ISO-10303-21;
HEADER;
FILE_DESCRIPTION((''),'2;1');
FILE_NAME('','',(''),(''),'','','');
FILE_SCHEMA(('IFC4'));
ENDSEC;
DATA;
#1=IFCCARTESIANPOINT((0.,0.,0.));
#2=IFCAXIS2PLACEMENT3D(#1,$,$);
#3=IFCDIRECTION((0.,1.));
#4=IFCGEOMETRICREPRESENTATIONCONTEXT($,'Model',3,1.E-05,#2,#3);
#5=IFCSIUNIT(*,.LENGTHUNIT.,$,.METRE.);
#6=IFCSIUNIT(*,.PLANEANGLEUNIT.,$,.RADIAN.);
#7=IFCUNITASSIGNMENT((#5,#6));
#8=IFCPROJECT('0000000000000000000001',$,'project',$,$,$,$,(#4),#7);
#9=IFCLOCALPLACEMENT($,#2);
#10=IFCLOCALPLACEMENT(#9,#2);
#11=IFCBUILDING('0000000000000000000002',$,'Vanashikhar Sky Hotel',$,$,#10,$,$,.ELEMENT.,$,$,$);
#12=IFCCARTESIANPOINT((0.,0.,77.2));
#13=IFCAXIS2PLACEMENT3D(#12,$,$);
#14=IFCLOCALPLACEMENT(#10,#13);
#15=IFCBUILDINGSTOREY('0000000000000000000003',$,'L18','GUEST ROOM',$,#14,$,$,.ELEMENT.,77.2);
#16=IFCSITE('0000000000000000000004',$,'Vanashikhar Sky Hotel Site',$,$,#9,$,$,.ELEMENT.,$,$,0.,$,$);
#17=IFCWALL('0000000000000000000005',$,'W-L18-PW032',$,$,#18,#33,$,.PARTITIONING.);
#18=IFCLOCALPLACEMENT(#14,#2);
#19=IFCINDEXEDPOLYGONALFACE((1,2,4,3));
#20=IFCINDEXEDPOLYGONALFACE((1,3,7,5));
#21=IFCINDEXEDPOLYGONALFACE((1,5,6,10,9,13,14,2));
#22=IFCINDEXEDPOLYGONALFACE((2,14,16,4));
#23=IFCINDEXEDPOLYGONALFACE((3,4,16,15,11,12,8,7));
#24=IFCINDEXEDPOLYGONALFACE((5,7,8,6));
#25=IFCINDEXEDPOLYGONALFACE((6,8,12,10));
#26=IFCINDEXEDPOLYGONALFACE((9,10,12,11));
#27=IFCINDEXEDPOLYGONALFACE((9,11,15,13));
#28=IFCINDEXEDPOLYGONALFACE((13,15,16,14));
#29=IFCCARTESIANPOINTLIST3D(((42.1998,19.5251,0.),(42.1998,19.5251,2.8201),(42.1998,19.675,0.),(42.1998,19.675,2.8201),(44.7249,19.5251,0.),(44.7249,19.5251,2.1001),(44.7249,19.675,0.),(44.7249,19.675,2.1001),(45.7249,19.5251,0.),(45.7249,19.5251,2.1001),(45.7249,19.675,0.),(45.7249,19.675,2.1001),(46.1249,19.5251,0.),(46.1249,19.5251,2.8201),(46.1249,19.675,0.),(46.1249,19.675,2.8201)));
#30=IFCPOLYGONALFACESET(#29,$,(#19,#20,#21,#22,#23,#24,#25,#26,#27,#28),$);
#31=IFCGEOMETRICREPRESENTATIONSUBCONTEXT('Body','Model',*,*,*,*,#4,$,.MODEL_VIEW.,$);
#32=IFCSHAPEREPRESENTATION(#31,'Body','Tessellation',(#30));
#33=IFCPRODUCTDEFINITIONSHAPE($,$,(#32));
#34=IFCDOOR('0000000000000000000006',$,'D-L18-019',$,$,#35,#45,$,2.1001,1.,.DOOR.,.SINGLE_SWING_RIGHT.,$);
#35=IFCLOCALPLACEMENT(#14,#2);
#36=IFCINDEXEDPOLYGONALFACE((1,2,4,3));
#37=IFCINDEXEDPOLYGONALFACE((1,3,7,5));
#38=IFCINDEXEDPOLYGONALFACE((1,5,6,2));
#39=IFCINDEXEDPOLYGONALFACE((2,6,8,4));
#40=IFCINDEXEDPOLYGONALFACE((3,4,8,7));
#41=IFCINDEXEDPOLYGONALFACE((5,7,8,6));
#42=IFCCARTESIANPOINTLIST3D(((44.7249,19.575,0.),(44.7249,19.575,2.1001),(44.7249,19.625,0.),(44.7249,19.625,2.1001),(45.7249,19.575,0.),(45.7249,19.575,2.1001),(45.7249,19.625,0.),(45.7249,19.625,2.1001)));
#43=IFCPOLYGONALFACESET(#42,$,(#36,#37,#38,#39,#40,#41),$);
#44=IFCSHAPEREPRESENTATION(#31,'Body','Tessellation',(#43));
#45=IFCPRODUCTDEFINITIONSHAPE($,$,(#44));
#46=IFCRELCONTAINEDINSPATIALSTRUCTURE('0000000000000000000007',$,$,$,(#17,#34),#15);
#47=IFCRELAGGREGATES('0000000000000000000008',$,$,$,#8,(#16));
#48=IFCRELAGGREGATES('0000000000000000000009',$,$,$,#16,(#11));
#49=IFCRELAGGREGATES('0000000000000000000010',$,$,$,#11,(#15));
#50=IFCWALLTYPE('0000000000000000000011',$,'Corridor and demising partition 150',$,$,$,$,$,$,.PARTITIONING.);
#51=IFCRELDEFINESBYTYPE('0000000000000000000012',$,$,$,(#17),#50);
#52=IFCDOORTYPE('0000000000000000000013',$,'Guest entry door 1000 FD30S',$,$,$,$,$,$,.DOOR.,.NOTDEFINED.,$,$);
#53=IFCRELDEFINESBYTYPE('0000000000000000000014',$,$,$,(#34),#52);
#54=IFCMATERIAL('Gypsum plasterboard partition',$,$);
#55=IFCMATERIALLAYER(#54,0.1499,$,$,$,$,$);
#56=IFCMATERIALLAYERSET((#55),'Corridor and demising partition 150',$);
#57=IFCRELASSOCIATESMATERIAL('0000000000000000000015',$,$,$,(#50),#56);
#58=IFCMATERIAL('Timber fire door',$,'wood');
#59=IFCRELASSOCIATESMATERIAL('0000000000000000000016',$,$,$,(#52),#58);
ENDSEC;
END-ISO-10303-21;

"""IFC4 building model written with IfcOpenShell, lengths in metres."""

from ifc_helpers import new_model, si_unit, direction, frame, frame_2d, origin, place, context, subcontext, project, spatial, rectangle, extrude, source, transform, mapped, material, layer, layer_set, type_object, element, fill, save


model = new_model("IFC4")

# Units and contexts
model_context = context("Model", 3, precision=1e-05, world=origin(), true_north=direction((0.0, 1.0)))
body_context = subcontext(model_context, "Body", "Model", "MODEL_VIEW")
ifc_project = project(units=[si_unit("LENGTHUNIT", "METRE"), si_unit("PLANEANGLEUNIT", "RADIAN")], contexts=[model_context])

# Site, building, storey
site_placement = place(None, origin())
site = spatial("IfcSite", under=ifc_project, at=site_placement, Name="Vanashikhar Sky Hotel Site", CompositionType="ELEMENT", RefElevation=0.0)
building_placement = place(site_placement, origin())
building = spatial("IfcBuilding", under=site, at=building_placement, Name="Vanashikhar Sky Hotel", CompositionType="ELEMENT")
storey_placement = place(building_placement, frame((0.0, 0.0, 77.2)))
storey = spatial("IfcBuildingStorey", under=building, at=storey_placement, Name="L18", Description="GUEST ROOM", CompositionType="ELEMENT", Elevation=77.2)

# Wall, opening, door
ifc_material_1 = material(Name="Gypsum plasterboard partition")
ifc_layer_1 = layer(ifc_material_1, 0.1499)
ifc_layer_set_1 = layer_set([ifc_layer_1], Name="Corridor and demising partition 150")
wall_type_1 = type_object("IfcWallType", Name="Corridor and demising partition 150", PredefinedType="PARTITIONING", material=ifc_layer_set_1)
shared_shape_1 = source(origin(), body_context, "Body", "SweptSolid", [
    extrude(rectangle(XDim=3.925, YDim=0.1499, at=frame_2d((1.9624, 0.0))), origin(), (0.0, 0.0, 1.0), 2.8201),
])
shared_shape_2 = source(origin(), body_context, "Body", "SweptSolid", [
    extrude(rectangle(XDim=1.0, YDim=2.1001, at=frame_2d((0.5, 1.05))), frame((0.0, 0.085, 0.0), z_axis=(0.0, -1.0, 0.0), x_axis=(1.0, 0.0, 0.0)), (0.0, 0.0, 1.0), 0.1699),
])
ifc_material_2 = material(Name="Timber fire door", Category="wood")
door_type_1 = type_object("IfcDoorType", Name="Guest entry door 1000 FD30S", OperationType="NOTDEFINED", PredefinedType="DOOR", material=ifc_material_2)
shared_shape_3 = source(origin(), body_context, "Body", "SweptSolid", [
    extrude(rectangle(XDim=1.0, YDim=2.1001, at=frame_2d((0.5, 1.05))), frame((0.0, 0.0249, 0.0), z_axis=(0.0, -1.0, 0.0), x_axis=(1.0, 0.0, 0.0)), (0.0, 0.0, 1.0), 0.05),
])
wall_1_placement = place(storey_placement, frame((42.2, 19.6001, 0.0), z_axis=(0.0, 0.0, 1.0), x_axis=(1.0, 0.0, 0.0)))
wall_1 = element("IfcWall", 1, at=wall_1_placement, inside=storey, type_object=wall_type_1, Name="W-L18-PW032", PredefinedType="PARTITIONING", context=body_context, shape_type="MappedRepresentation", body=[
    mapped(shared_shape_1, transform((0.0, 0.0, 0.0), scale=1.0)),
])
opening_1_placement = place(wall_1_placement, frame((2.5249, 0.0, 0.0)))
opening_1 = element("IfcOpeningElement", 2, at=opening_1_placement, cuts=wall_1, PredefinedType="OPENING", context=body_context, shape_type="MappedRepresentation", body=[
    mapped(shared_shape_2, transform((0.0, 0.0, 0.0), scale=1.0)),
])
door_1_placement = place(opening_1_placement, origin())
door_1 = element("IfcDoor", 3, at=door_1_placement, inside=storey, type_object=door_type_1, Name="D-L18-019", OperationType="SINGLE_SWING_RIGHT", OverallHeight=2.1001, OverallWidth=1.0, PredefinedType="DOOR", context=body_context, shape_type="MappedRepresentation", body=[
    mapped(shared_shape_3, transform((0.0, 0.0, 0.0), scale=1.0)),
])
fill(opening_1, door_1)

save(model, "model.ifc")
